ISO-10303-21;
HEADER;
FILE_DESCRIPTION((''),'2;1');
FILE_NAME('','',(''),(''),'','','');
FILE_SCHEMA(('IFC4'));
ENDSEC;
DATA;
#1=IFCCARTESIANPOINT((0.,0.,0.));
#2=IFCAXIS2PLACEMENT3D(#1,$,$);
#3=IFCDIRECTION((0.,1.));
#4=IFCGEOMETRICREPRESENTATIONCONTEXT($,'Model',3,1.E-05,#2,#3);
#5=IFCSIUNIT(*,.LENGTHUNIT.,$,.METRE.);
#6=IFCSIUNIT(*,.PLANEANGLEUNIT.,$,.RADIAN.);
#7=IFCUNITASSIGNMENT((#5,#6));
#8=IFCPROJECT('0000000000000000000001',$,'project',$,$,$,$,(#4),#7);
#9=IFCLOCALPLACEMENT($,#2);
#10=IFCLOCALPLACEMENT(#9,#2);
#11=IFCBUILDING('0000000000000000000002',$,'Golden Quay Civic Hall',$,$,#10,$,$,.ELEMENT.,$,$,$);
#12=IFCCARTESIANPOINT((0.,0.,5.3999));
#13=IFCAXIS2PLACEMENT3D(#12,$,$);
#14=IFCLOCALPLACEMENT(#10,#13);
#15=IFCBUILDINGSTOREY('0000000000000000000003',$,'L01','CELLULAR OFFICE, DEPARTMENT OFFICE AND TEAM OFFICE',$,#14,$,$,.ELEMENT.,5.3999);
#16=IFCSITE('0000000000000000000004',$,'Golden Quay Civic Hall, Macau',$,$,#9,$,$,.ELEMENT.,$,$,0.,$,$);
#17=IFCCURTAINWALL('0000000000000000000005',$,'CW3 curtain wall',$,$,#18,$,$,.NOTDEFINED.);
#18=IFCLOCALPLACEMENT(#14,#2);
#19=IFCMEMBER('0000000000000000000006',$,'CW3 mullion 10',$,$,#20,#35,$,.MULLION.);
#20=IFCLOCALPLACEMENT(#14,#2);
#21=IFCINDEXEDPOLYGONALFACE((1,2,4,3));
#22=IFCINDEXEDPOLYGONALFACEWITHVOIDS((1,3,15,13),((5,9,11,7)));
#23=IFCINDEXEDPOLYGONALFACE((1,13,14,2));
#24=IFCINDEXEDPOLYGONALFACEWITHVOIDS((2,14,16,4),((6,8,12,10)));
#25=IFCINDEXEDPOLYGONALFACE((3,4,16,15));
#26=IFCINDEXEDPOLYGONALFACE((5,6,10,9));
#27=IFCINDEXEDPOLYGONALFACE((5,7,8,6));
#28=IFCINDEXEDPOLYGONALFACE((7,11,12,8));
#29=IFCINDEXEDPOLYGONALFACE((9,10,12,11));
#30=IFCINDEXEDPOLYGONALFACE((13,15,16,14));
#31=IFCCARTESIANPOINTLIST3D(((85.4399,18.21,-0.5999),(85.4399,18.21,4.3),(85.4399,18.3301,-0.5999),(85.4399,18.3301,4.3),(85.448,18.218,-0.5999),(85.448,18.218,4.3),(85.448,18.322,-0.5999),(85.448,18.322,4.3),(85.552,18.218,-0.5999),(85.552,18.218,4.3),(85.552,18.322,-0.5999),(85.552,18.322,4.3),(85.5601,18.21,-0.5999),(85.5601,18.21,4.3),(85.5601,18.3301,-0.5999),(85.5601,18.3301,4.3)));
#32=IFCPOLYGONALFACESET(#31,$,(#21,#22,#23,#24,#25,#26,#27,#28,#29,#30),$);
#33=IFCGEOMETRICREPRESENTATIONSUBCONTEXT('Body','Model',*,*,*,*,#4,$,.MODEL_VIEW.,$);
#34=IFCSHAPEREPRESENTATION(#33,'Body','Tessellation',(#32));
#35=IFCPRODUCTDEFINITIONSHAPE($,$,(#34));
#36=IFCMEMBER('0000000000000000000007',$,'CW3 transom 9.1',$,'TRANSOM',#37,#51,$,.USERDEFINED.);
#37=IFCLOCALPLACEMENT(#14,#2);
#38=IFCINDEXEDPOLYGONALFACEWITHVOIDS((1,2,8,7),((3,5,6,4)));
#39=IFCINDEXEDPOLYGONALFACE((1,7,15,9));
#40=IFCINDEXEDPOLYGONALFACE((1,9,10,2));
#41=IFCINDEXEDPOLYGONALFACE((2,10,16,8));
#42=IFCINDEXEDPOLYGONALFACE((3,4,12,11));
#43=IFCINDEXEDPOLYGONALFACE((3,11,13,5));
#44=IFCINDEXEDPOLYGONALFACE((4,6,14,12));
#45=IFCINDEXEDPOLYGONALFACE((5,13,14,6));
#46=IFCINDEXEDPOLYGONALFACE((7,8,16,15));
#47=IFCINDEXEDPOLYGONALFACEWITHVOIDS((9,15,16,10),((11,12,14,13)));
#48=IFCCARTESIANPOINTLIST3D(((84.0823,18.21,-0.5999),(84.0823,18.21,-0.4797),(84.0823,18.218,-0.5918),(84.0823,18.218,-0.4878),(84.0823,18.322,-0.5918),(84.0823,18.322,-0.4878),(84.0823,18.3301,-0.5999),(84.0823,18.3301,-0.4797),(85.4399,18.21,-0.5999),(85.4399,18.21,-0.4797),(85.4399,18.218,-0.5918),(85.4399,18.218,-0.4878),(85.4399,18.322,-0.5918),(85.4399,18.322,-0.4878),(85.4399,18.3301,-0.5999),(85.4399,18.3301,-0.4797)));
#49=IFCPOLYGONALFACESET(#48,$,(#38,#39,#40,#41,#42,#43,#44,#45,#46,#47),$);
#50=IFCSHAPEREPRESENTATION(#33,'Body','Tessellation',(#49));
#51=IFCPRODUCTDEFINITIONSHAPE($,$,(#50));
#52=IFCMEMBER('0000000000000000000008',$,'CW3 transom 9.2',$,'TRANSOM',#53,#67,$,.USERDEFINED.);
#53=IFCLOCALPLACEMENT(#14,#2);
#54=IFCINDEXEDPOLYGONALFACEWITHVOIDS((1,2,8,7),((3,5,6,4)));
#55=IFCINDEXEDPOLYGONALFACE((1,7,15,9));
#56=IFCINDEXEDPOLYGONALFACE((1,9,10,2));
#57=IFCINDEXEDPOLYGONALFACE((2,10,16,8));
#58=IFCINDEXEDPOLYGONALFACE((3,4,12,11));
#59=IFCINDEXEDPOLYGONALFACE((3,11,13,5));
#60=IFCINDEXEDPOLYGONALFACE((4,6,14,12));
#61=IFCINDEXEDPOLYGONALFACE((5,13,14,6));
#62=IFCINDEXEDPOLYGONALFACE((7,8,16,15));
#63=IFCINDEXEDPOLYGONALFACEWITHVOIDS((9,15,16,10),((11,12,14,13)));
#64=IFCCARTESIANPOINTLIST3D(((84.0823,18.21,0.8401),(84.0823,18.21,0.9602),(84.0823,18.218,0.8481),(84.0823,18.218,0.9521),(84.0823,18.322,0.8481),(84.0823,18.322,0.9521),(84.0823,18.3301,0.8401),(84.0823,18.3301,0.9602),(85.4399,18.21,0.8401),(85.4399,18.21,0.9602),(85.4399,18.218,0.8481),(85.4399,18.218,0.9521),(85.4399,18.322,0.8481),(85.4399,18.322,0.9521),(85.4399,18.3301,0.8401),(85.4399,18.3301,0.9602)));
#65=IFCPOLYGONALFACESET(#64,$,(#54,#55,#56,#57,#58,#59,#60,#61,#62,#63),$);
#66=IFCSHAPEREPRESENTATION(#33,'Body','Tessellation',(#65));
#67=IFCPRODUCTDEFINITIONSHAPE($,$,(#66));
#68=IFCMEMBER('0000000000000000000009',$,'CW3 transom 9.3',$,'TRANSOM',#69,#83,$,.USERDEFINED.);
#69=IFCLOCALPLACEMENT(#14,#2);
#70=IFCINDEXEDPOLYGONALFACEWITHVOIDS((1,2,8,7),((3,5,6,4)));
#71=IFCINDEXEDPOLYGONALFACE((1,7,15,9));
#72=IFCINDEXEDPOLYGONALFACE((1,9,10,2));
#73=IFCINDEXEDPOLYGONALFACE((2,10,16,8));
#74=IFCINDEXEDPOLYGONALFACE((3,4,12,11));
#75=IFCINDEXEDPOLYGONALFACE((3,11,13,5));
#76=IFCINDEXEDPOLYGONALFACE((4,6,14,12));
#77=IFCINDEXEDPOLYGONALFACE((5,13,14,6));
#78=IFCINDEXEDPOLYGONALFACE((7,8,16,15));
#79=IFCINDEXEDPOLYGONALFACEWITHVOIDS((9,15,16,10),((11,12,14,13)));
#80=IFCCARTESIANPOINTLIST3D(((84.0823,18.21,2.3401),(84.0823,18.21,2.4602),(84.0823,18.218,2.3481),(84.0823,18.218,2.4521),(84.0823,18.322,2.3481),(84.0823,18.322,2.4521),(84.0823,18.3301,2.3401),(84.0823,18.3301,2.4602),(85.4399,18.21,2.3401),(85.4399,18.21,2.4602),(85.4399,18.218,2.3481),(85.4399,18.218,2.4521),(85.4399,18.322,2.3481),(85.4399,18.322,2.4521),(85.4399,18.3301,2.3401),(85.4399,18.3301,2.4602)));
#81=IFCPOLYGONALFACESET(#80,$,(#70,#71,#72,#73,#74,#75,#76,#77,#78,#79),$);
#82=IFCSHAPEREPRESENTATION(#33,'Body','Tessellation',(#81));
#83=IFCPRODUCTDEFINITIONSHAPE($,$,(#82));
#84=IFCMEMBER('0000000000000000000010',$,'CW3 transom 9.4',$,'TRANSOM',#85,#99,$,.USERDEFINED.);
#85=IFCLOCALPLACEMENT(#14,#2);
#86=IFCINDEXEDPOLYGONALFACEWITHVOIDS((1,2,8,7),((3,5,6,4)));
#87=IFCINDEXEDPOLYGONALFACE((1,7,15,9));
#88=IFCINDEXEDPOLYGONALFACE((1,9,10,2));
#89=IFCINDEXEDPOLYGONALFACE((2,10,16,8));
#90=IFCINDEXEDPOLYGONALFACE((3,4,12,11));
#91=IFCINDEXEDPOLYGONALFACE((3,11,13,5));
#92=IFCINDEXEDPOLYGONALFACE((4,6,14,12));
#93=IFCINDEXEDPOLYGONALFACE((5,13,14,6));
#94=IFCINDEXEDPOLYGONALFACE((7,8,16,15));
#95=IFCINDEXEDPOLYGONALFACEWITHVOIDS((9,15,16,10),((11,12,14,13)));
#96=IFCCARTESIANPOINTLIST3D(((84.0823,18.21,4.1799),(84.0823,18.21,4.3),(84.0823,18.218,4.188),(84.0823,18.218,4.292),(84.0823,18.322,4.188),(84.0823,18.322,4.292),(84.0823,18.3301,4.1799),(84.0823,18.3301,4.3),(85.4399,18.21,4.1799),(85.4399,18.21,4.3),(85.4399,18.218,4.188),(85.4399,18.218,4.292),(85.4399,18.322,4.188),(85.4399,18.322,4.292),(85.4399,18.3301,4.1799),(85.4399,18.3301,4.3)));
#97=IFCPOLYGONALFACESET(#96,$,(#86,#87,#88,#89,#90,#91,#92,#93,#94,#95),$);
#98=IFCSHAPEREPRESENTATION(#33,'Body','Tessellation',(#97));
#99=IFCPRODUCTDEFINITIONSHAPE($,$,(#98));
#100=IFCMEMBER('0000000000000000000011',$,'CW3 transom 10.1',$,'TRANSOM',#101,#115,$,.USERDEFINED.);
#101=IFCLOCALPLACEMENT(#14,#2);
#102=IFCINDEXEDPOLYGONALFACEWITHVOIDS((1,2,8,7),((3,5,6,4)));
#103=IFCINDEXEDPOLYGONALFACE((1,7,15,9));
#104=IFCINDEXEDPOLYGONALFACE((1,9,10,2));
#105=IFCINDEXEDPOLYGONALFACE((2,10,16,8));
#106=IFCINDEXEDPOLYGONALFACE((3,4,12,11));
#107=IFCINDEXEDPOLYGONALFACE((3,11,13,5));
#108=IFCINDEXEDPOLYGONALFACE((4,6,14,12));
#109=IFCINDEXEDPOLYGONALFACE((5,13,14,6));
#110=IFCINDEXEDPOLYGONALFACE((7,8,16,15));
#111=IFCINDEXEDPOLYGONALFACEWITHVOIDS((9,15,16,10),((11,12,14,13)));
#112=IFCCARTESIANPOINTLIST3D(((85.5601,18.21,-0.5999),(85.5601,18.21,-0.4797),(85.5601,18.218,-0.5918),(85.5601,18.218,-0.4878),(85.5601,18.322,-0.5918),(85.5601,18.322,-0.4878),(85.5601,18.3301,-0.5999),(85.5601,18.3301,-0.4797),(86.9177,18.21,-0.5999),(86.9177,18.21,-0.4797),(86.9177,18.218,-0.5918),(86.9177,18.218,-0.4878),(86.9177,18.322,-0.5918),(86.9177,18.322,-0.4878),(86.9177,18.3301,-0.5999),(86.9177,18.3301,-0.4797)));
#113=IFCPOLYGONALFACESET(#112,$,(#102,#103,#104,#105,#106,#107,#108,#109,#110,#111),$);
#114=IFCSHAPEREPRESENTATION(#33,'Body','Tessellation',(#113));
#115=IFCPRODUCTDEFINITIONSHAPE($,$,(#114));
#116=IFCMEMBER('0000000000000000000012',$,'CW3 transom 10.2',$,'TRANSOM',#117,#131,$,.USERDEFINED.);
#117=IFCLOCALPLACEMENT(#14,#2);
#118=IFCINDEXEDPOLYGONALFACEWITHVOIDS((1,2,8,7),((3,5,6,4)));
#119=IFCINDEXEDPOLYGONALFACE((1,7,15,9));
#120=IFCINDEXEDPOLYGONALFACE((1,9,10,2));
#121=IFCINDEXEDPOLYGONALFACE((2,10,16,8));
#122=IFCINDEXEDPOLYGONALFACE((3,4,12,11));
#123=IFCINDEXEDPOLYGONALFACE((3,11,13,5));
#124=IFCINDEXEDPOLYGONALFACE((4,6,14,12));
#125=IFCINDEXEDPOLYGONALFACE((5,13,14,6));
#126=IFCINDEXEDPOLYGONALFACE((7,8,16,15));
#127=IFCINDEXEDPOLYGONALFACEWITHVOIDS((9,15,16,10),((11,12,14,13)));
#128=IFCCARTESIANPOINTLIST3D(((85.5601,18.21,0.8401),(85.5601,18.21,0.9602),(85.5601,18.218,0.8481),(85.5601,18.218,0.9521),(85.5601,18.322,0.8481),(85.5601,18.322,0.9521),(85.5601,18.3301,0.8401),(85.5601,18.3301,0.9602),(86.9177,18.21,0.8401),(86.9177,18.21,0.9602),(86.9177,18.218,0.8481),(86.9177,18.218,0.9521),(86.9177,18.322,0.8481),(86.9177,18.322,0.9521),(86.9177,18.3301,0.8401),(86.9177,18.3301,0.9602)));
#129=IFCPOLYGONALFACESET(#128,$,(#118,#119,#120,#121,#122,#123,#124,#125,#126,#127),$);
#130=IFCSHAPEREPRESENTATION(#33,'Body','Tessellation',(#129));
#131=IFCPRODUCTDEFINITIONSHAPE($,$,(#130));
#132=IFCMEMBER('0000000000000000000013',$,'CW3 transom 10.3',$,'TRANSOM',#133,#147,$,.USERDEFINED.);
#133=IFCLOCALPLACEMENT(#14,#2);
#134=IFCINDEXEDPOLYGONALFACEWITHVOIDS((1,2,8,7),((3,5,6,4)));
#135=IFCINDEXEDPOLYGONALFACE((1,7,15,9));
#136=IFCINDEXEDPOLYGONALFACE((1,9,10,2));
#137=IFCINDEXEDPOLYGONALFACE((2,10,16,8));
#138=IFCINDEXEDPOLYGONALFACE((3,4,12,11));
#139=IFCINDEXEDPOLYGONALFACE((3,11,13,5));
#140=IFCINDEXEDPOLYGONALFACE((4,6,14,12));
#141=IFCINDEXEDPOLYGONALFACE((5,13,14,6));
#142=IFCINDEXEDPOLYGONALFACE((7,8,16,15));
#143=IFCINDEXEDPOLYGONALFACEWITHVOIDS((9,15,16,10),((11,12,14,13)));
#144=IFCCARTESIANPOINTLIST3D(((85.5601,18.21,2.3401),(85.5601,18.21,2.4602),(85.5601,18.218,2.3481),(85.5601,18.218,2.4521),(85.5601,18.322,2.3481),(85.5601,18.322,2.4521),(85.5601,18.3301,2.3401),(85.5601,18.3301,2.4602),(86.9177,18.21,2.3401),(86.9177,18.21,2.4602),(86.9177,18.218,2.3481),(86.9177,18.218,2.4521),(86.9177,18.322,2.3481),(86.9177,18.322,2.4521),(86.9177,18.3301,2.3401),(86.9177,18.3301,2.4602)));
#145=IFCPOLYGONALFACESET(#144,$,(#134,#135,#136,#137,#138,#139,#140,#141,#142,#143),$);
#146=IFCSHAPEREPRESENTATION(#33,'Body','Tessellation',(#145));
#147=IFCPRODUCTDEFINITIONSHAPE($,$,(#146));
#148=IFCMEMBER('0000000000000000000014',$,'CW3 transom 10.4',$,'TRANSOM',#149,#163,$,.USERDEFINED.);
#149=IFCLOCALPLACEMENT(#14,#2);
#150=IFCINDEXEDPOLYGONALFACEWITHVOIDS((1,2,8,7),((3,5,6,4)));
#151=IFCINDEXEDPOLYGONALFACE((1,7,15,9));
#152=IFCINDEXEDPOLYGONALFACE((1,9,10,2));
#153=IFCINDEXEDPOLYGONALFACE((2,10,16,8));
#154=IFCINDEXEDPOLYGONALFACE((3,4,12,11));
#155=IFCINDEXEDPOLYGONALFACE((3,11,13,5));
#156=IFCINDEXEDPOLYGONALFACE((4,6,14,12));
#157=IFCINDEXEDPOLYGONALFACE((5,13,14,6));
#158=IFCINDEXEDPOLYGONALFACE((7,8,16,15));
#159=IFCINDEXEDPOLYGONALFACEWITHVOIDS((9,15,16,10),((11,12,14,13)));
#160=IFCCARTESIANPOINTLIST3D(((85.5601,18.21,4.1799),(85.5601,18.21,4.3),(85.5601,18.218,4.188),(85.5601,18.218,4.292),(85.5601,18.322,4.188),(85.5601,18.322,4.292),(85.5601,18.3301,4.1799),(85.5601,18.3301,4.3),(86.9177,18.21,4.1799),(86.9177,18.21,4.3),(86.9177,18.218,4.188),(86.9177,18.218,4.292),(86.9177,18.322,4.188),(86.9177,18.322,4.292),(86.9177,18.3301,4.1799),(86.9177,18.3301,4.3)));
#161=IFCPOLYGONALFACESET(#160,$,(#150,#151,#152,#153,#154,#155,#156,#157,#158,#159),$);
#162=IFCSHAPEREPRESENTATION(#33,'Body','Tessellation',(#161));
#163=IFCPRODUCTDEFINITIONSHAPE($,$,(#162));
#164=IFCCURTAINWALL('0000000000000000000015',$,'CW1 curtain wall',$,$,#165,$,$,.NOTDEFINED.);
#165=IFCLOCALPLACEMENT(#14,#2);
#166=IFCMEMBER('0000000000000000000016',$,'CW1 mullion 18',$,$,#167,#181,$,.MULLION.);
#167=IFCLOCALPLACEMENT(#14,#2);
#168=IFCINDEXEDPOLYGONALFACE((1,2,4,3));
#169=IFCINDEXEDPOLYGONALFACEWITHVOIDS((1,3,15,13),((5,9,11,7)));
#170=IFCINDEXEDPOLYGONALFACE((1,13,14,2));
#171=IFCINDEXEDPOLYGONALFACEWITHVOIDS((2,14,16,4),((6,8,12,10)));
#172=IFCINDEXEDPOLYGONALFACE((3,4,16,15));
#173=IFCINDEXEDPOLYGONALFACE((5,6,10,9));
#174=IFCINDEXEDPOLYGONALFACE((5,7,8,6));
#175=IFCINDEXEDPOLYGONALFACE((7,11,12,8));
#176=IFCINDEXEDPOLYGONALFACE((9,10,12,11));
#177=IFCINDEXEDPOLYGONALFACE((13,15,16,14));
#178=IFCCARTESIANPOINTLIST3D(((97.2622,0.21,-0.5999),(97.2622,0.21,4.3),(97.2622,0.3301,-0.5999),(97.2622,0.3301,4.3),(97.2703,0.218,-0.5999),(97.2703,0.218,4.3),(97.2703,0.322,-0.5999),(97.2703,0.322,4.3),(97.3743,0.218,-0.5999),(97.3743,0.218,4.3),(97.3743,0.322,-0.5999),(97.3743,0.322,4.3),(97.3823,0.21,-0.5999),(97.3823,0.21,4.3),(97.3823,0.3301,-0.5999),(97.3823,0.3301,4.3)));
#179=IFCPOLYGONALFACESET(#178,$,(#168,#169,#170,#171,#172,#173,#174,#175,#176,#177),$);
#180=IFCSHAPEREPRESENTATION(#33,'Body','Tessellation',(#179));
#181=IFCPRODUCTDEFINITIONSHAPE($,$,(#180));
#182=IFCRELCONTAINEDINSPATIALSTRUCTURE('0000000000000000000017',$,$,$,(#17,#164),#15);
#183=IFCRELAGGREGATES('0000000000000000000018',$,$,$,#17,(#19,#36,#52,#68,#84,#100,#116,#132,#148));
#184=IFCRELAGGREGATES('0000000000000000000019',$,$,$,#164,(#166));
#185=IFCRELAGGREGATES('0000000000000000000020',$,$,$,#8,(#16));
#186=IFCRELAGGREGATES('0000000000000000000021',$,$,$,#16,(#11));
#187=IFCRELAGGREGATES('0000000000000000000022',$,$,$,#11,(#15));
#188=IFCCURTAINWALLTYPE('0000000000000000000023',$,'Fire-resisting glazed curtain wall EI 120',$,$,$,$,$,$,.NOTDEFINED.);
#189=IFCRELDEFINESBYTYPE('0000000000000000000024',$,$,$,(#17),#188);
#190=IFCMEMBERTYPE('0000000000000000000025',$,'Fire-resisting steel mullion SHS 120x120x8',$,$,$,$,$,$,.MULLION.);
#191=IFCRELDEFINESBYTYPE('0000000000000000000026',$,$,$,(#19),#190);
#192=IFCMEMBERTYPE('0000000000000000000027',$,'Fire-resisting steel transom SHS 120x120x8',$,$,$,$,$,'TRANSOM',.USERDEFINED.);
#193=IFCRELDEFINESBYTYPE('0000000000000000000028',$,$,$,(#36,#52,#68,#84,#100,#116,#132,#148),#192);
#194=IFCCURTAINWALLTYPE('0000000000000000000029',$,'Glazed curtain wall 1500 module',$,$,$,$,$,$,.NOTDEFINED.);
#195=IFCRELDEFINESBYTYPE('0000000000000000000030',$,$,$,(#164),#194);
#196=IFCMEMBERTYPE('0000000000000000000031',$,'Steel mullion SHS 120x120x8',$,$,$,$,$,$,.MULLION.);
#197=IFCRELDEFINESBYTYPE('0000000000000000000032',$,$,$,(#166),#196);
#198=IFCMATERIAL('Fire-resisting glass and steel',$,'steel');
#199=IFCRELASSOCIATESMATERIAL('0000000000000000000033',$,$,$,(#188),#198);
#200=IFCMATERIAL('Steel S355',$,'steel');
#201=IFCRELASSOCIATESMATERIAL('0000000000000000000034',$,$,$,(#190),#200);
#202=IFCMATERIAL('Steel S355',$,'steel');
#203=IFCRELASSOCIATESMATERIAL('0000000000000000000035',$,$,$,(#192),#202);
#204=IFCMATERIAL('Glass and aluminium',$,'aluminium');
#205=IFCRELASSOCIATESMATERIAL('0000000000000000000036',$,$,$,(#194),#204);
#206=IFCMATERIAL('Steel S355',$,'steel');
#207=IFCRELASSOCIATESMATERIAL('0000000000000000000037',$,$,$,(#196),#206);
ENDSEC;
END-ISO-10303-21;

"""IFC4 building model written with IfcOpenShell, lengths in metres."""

from ifc_helpers import new_model, si_unit, direction, frame, origin, origin_2d, place, context, subcontext, project, spatial, hollow_rectangle, extrude, material, material_profile, profile_set, type_object, element, aggregate, save


model = new_model("IFC4")

# Units and contexts
model_context = context("Model", 3, precision=1e-05, world=origin(), true_north=direction((0.0, 1.0)))
body_context = subcontext(model_context, "Body", "Model", "MODEL_VIEW")
ifc_project = project(units=[si_unit("LENGTHUNIT", "METRE"), si_unit("PLANEANGLEUNIT", "RADIAN")], contexts=[model_context])

# Site, building, storey
site_placement = place(None, origin())
site = spatial("IfcSite", under=ifc_project, at=site_placement, Name="Golden Quay Civic Hall, Macau", CompositionType="ELEMENT", RefElevation=0.0)
building_placement = place(site_placement, origin())
building = spatial("IfcBuilding", under=site, at=building_placement, Name="Golden Quay Civic Hall", CompositionType="ELEMENT")
storey_placement = place(building_placement, frame((0.0, 0.0, 5.3999)))
storey = spatial("IfcBuildingStorey", under=building, at=storey_placement, Name="L01", Description="CELLULAR OFFICE, DEPARTMENT OFFICE AND TEAM OFFICE", CompositionType="ELEMENT", Elevation=5.3999)

# Curtain walls, members
ifc_material_1 = material(Name="Fire-resisting glass and steel", Category="steel")
curtain_wall_type_1 = type_object("IfcCurtainWallType", Name="Fire-resisting glazed curtain wall EI 120", PredefinedType="NOTDEFINED", material=ifc_material_1)
curtain_wall_1_placement = place(storey_placement, origin())
curtain_wall_1 = element("IfcCurtainWall", 1, at=curtain_wall_1_placement, inside=storey, type_object=curtain_wall_type_1, Name="CW3 curtain wall", PredefinedType="NOTDEFINED")
ifc_material_2 = material(Name="Steel S355", Category="steel")
ifc_material_profile_1 = material_profile(ifc_material_2, hollow_rectangle(XDim=0.1201, YDim=0.1201, WallThickness=0.0081, at=origin_2d()), Name="SHS 120x120x8")
ifc_profile_set_1 = profile_set([ifc_material_profile_1], Name="Steel S355")
member_type_1 = type_object("IfcMemberType", Name="Fire-resisting steel mullion SHS 120x120x8", PredefinedType="MULLION", material=ifc_profile_set_1)
member_1_placement = place(storey_placement, frame((85.5, 18.27, -0.5999), z_axis=(0.0, 0.0, 1.0), x_axis=(0.0, 1.0, 0.0)))
member_1 = element("IfcMember", 2, at=member_1_placement, type_object=member_type_1, Name="CW3 mullion 10", PredefinedType="MULLION", context=body_context, shape_type="SweptSolid", body=[
    extrude(hollow_rectangle(XDim=0.1201, YDim=0.1201, WallThickness=0.0081, at=origin_2d()), origin(), (0.0, 0.0, 1.0), 4.8999),
])
ifc_material_3 = material(Name="Steel S355", Category="steel")
ifc_material_profile_2 = material_profile(ifc_material_3, hollow_rectangle(XDim=0.1201, YDim=0.1201, WallThickness=0.0081, at=origin_2d()), Name="SHS 120x120x8")
ifc_profile_set_2 = profile_set([ifc_material_profile_2], Name="Steel S355")
member_type_2 = type_object("IfcMemberType", Name="Fire-resisting steel transom SHS 120x120x8", ElementType="TRANSOM", PredefinedType="USERDEFINED", material=ifc_profile_set_2)
member_2_placement = place(storey_placement, frame((84.0823, 18.27, -0.5398), z_axis=(1.0, 0.0, 0.0), x_axis=(0.0, 1.0, 0.0)))
member_2 = element("IfcMember", 3, at=member_2_placement, type_object=member_type_2, Name="CW3 transom 9.1", ObjectType="TRANSOM", PredefinedType="USERDEFINED", context=body_context, shape_type="SweptSolid", body=[
    extrude(hollow_rectangle(XDim=0.1201, YDim=0.1201, WallThickness=0.0081, at=origin_2d()), origin(), (0.0, 0.0, 1.0), 1.3577),
])
member_3_placement = place(storey_placement, frame((84.0823, 18.27, 0.9001), z_axis=(1.0, 0.0, 0.0), x_axis=(0.0, 1.0, 0.0)))
member_3 = element("IfcMember", 4, at=member_3_placement, type_object=member_type_2, Name="CW3 transom 9.2", ObjectType="TRANSOM", PredefinedType="USERDEFINED", context=body_context, shape_type="SweptSolid", body=[
    extrude(hollow_rectangle(XDim=0.1201, YDim=0.1201, WallThickness=0.0081, at=origin_2d()), origin(), (0.0, 0.0, 1.0), 1.3577),
])
member_4_placement = place(storey_placement, frame((84.0823, 18.27, 2.4001), z_axis=(1.0, 0.0, 0.0), x_axis=(0.0, 1.0, 0.0)))
member_4 = element("IfcMember", 5, at=member_4_placement, type_object=member_type_2, Name="CW3 transom 9.3", ObjectType="TRANSOM", PredefinedType="USERDEFINED", context=body_context, shape_type="SweptSolid", body=[
    extrude(hollow_rectangle(XDim=0.1201, YDim=0.1201, WallThickness=0.0081, at=origin_2d()), origin(), (0.0, 0.0, 1.0), 1.3577),
])
member_5_placement = place(storey_placement, frame((84.0823, 18.27, 4.24), z_axis=(1.0, 0.0, 0.0), x_axis=(0.0, 1.0, 0.0)))
member_5 = element("IfcMember", 6, at=member_5_placement, type_object=member_type_2, Name="CW3 transom 9.4", ObjectType="TRANSOM", PredefinedType="USERDEFINED", context=body_context, shape_type="SweptSolid", body=[
    extrude(hollow_rectangle(XDim=0.1201, YDim=0.1201, WallThickness=0.0081, at=origin_2d()), origin(), (0.0, 0.0, 1.0), 1.3577),
])
member_6_placement = place(storey_placement, frame((85.5601, 18.27, -0.5398), z_axis=(1.0, 0.0, 0.0), x_axis=(0.0, 1.0, 0.0)))
member_6 = element("IfcMember", 7, at=member_6_placement, type_object=member_type_2, Name="CW3 transom 10.1", ObjectType="TRANSOM", PredefinedType="USERDEFINED", context=body_context, shape_type="SweptSolid", body=[
    extrude(hollow_rectangle(XDim=0.1201, YDim=0.1201, WallThickness=0.0081, at=origin_2d()), origin(), (0.0, 0.0, 1.0), 1.3577),
])
member_7_placement = place(storey_placement, frame((85.5601, 18.27, 0.9001), z_axis=(1.0, 0.0, 0.0), x_axis=(0.0, 1.0, 0.0)))
member_7 = element("IfcMember", 8, at=member_7_placement, type_object=member_type_2, Name="CW3 transom 10.2", ObjectType="TRANSOM", PredefinedType="USERDEFINED", context=body_context, shape_type="SweptSolid", body=[
    extrude(hollow_rectangle(XDim=0.1201, YDim=0.1201, WallThickness=0.0081, at=origin_2d()), origin(), (0.0, 0.0, 1.0), 1.3577),
])
member_8_placement = place(storey_placement, frame((85.5601, 18.27, 2.4001), z_axis=(1.0, 0.0, 0.0), x_axis=(0.0, 1.0, 0.0)))
member_8 = element("IfcMember", 9, at=member_8_placement, type_object=member_type_2, Name="CW3 transom 10.3", ObjectType="TRANSOM", PredefinedType="USERDEFINED", context=body_context, shape_type="SweptSolid", body=[
    extrude(hollow_rectangle(XDim=0.1201, YDim=0.1201, WallThickness=0.0081, at=origin_2d()), origin(), (0.0, 0.0, 1.0), 1.3577),
])
member_9_placement = place(storey_placement, frame((85.5601, 18.27, 4.24), z_axis=(1.0, 0.0, 0.0), x_axis=(0.0, 1.0, 0.0)))
member_9 = element("IfcMember", 10, at=member_9_placement, type_object=member_type_2, Name="CW3 transom 10.4", ObjectType="TRANSOM", PredefinedType="USERDEFINED", context=body_context, shape_type="SweptSolid", body=[
    extrude(hollow_rectangle(XDim=0.1201, YDim=0.1201, WallThickness=0.0081, at=origin_2d()), origin(), (0.0, 0.0, 1.0), 1.3577),
])
ifc_material_4 = material(Name="Glass and aluminium", Category="aluminium")
curtain_wall_type_2 = type_object("IfcCurtainWallType", Name="Glazed curtain wall 1500 module", PredefinedType="NOTDEFINED", material=ifc_material_4)
curtain_wall_2_placement = place(storey_placement, origin())
curtain_wall_2 = element("IfcCurtainWall", 11, at=curtain_wall_2_placement, inside=storey, type_object=curtain_wall_type_2, Name="CW1 curtain wall", PredefinedType="NOTDEFINED")
ifc_material_5 = material(Name="Steel S355", Category="steel")
ifc_material_profile_3 = material_profile(ifc_material_5, hollow_rectangle(XDim=0.1201, YDim=0.1201, WallThickness=0.0081, at=origin_2d()), Name="SHS 120x120x8")
ifc_profile_set_3 = profile_set([ifc_material_profile_3], Name="Steel S355")
member_type_3 = type_object("IfcMemberType", Name="Steel mullion SHS 120x120x8", PredefinedType="MULLION", material=ifc_profile_set_3)
member_10_placement = place(storey_placement, frame((97.3223, 0.27, -0.5999), z_axis=(0.0, 0.0, 1.0), x_axis=(0.0, 1.0, 0.0)))
member_10 = element("IfcMember", 12, at=member_10_placement, type_object=member_type_3, Name="CW1 mullion 18", PredefinedType="MULLION", context=body_context, shape_type="SweptSolid", body=[
    extrude(hollow_rectangle(XDim=0.1201, YDim=0.1201, WallThickness=0.0081, at=origin_2d()), origin(), (0.0, 0.0, 1.0), 4.8999),
])

aggregate(curtain_wall_1, [member_1, member_2, member_3, member_4, member_5, member_6, member_7, member_8, member_9])
aggregate(curtain_wall_2, [member_10])

save(model, "model.ifc")
